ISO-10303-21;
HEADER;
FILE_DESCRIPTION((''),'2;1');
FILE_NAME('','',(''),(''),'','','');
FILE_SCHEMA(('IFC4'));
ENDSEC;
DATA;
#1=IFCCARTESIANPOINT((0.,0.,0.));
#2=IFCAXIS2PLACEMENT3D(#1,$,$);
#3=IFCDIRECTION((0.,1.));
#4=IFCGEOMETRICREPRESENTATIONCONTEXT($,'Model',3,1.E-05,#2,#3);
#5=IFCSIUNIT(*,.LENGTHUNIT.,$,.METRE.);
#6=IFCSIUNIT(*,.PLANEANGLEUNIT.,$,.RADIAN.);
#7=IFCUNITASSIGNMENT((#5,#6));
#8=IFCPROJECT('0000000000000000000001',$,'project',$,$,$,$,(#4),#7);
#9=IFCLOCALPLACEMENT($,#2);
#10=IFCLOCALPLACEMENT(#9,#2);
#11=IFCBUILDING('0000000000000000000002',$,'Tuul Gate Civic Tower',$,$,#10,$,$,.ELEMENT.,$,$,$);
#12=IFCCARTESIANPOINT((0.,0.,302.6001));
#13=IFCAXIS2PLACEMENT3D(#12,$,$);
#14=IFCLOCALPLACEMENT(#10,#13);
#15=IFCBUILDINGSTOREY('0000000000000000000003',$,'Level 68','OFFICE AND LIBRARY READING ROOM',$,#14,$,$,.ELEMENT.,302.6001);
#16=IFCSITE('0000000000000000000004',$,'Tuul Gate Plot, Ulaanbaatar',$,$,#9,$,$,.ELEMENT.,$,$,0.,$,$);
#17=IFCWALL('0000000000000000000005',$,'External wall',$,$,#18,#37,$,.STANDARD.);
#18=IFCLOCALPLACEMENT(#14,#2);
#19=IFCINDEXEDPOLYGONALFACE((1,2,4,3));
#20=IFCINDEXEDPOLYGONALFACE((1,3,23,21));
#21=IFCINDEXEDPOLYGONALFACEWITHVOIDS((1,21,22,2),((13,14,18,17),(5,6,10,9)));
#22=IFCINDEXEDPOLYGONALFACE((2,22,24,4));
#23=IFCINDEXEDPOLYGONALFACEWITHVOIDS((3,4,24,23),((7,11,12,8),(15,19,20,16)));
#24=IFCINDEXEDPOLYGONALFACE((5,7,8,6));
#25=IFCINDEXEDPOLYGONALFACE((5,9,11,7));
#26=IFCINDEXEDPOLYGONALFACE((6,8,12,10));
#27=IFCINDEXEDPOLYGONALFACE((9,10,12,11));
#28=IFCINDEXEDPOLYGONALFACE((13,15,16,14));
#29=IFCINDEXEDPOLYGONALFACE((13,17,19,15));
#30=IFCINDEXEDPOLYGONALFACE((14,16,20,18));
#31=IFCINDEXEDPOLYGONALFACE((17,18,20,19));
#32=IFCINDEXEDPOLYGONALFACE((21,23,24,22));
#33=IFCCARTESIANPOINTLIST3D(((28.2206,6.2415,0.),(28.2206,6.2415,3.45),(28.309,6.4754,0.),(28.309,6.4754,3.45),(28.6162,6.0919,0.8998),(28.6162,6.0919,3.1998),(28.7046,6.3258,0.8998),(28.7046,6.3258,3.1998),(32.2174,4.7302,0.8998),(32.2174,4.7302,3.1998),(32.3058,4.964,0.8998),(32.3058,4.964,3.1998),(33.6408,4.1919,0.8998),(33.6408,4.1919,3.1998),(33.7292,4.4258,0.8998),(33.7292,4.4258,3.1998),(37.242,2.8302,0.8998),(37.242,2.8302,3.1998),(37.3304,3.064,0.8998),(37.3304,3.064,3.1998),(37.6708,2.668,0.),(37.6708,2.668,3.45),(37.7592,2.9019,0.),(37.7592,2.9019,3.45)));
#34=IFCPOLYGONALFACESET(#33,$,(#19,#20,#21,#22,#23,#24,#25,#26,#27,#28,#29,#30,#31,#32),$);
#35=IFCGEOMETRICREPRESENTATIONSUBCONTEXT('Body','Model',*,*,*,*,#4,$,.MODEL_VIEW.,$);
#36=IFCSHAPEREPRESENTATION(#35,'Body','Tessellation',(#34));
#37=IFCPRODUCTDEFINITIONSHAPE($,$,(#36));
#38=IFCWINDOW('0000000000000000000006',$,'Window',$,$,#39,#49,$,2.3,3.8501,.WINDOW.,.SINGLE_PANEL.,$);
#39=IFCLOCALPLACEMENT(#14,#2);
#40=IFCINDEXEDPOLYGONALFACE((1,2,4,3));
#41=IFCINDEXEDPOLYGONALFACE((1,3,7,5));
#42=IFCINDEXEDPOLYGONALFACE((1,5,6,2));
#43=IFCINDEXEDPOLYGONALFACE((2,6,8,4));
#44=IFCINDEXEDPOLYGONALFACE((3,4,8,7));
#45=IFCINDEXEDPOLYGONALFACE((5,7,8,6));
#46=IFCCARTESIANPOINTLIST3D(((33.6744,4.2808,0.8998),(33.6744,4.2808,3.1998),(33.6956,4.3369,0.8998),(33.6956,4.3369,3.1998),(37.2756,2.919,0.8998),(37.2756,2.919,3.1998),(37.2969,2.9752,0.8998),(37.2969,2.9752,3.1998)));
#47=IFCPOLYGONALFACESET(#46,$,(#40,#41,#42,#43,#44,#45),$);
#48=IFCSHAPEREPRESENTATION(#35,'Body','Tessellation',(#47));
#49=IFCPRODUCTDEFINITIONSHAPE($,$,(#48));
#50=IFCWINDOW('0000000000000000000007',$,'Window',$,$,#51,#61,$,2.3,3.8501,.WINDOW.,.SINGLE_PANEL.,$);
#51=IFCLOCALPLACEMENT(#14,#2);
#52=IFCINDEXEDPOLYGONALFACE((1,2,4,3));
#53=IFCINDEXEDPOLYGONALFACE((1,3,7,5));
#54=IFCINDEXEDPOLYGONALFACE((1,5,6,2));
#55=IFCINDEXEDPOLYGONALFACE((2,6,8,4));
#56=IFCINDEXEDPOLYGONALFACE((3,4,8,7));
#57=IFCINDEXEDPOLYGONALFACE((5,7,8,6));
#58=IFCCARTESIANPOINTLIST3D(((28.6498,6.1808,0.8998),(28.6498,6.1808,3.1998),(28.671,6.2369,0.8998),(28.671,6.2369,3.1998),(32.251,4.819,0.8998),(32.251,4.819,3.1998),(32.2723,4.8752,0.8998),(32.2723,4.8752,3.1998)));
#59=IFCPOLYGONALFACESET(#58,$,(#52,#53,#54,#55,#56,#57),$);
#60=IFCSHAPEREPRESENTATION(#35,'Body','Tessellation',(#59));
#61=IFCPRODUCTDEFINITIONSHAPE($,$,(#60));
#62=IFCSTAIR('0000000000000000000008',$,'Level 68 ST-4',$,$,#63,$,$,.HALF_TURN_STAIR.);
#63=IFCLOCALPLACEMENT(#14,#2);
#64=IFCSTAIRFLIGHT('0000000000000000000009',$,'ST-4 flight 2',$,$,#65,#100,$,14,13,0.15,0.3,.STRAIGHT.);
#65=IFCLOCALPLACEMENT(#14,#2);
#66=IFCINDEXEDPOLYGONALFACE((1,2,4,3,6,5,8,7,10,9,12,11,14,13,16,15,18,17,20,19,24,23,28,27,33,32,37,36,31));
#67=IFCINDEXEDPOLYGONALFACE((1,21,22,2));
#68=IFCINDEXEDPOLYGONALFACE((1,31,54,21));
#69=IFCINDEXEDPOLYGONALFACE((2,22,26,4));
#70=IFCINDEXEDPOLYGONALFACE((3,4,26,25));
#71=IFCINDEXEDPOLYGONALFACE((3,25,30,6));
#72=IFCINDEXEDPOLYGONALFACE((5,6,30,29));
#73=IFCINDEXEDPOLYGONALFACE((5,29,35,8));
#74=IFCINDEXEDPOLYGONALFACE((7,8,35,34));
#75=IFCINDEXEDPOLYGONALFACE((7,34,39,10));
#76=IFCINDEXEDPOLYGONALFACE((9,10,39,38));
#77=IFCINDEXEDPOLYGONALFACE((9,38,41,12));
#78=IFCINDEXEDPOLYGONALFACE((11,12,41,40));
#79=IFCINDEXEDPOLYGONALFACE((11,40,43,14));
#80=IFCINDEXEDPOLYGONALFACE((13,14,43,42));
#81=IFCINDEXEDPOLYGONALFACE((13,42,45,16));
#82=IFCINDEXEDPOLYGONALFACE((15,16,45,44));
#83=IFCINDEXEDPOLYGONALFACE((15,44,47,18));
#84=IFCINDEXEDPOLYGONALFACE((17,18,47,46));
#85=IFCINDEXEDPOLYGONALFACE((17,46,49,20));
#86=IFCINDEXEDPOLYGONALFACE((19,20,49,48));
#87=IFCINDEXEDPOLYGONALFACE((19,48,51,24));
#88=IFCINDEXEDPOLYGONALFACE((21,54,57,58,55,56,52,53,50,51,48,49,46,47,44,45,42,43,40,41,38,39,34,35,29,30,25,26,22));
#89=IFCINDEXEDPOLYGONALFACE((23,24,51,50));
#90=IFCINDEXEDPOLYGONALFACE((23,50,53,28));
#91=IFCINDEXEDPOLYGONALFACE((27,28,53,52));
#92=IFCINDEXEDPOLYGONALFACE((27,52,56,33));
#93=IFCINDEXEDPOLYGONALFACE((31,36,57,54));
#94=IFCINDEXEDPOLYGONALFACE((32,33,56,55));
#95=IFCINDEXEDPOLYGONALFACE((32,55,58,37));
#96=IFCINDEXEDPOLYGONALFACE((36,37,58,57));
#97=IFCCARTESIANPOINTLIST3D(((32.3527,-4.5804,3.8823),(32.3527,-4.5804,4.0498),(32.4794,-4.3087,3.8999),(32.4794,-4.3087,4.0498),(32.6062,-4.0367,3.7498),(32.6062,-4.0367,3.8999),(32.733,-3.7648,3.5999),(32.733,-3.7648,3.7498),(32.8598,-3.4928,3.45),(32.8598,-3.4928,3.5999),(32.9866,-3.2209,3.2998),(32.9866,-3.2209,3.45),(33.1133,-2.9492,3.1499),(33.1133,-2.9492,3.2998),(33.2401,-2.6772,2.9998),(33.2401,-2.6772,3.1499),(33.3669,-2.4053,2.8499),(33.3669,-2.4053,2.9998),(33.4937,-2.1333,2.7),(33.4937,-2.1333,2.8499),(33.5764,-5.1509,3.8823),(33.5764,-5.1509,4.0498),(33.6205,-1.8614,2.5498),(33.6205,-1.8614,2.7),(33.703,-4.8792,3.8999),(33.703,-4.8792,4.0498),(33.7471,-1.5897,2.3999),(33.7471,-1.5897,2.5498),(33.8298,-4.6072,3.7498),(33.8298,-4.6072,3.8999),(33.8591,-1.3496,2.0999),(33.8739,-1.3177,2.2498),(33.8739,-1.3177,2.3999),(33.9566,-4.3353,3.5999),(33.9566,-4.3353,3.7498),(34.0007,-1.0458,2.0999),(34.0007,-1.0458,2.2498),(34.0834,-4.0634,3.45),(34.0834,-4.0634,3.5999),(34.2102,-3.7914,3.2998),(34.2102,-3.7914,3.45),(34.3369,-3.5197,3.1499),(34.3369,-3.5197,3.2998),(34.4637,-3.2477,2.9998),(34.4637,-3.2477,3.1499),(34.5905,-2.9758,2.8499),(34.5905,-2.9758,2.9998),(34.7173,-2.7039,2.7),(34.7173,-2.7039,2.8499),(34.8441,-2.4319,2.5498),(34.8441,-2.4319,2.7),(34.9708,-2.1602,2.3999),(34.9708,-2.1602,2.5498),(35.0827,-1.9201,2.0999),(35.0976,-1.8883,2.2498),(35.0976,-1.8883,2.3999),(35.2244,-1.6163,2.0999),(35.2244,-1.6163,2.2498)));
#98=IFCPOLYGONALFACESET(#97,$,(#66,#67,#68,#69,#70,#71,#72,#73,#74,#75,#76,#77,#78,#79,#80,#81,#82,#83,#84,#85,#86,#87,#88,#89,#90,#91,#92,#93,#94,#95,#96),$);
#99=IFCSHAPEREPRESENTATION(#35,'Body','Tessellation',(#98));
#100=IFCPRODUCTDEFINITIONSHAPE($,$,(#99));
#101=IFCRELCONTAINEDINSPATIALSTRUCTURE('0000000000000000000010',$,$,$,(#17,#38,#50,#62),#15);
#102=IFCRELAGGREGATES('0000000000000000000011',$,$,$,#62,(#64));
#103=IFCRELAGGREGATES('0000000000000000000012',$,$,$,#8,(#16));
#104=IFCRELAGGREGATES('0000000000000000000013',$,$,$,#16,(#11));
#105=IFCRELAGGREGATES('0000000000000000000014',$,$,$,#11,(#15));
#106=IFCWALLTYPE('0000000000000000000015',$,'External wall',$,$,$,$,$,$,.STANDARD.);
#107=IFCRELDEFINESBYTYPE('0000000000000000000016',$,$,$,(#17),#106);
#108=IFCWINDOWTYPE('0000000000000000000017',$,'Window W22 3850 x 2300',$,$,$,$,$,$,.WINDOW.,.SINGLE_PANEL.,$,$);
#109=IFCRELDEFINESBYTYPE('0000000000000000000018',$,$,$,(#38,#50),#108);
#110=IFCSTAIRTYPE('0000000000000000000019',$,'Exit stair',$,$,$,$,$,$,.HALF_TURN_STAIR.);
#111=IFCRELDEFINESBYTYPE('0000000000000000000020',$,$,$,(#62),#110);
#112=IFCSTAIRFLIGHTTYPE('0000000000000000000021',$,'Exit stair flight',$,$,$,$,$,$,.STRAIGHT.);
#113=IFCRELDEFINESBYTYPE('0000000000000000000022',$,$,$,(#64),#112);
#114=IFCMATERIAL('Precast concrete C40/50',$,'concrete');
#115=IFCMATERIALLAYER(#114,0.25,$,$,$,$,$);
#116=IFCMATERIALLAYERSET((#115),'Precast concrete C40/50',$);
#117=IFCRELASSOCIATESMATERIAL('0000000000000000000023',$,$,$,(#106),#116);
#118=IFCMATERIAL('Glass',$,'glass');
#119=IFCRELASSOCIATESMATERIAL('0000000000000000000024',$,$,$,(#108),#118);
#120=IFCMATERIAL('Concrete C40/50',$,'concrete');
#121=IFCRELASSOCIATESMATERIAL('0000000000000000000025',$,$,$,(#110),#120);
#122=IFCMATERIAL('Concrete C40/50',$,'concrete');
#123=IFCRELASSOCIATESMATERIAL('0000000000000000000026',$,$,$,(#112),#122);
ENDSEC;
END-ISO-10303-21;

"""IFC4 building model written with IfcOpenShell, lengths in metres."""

from ifc_helpers import new_model, si_unit, direction, frame, frame_2d, origin, place, context, subcontext, project, spatial, polyline, rectangle, outline, extrude, material, layer, layer_set, type_object, element, fill, aggregate, save


model = new_model("IFC4")

# Units and contexts
model_context = context("Model", 3, precision=1e-05, world=origin(), true_north=direction((0.0, 1.0)))
body_context = subcontext(model_context, "Body", "Model", "MODEL_VIEW")
ifc_project = project(units=[si_unit("LENGTHUNIT", "METRE"), si_unit("PLANEANGLEUNIT", "RADIAN")], contexts=[model_context])

# Site, building, storey
site_placement = place(None, origin())
site = spatial("IfcSite", under=ifc_project, at=site_placement, Name="Tuul Gate Plot, Ulaanbaatar", CompositionType="ELEMENT", RefElevation=0.0)
building_placement = place(site_placement, origin())
building = spatial("IfcBuilding", under=site, at=building_placement, Name="Tuul Gate Civic Tower", CompositionType="ELEMENT")
storey_placement = place(building_placement, frame((0.0, 0.0, 302.6001)))
storey = spatial("IfcBuildingStorey", under=building, at=storey_placement, Name="Level 68", Description="OFFICE AND LIBRARY READING ROOM", CompositionType="ELEMENT", Elevation=302.6001)

# Wall, openings, windows
ifc_material_1 = material(Name="Precast concrete C40/50", Category="concrete")
ifc_layer_1 = layer(ifc_material_1, 0.25)
ifc_layer_set_1 = layer_set([ifc_layer_1], Name="Precast concrete C40/50")
wall_type_1 = type_object("IfcWallType", Name="External wall", PredefinedType="STANDARD", material=ifc_layer_set_1)
wall_1_placement = place(storey_placement, frame((37.7151, 2.7849, 0.0), z_axis=(0.0, 0.0, 1.0), x_axis=(-0.93536, 0.353696, 0.0)))
wall_1 = element("IfcWall", 1, at=wall_1_placement, inside=storey, type_object=wall_type_1, Name="External wall", PredefinedType="STANDARD", context=body_context, shape_type="SweptSolid", body=[
    extrude(rectangle(XDim=10.1033, YDim=0.25, at=frame_2d((5.0518, 0.0))), origin(), (0.0, 0.0, 1.0), 3.45),
])
opening_1_placement = place(wall_1_placement, frame((0.4585, 0.0, 0.8999)))
opening_1 = element("IfcOpeningElement", 2, at=opening_1_placement, cuts=wall_1, PredefinedType="OPENING", context=body_context, shape_type="SweptSolid", body=[
    extrude(rectangle(XDim=3.8501, YDim=2.3, at=frame_2d((1.925, 1.1499))), frame((0.0, 0.135, 0.0), z_axis=(0.0, -1.0, 0.0), x_axis=(1.0, 0.0, 0.0)), (0.0, 0.0, 1.0), 0.27),
])
opening_2_placement = place(wall_1_placement, frame((5.8303, 0.0, 0.8999)))
opening_2 = element("IfcOpeningElement", 3, at=opening_2_placement, cuts=wall_1, PredefinedType="OPENING", context=body_context, shape_type="SweptSolid", body=[
    extrude(rectangle(XDim=3.8501, YDim=2.3, at=frame_2d((1.925, 1.1499))), frame((0.0, 0.135, 0.0), z_axis=(0.0, -1.0, 0.0), x_axis=(1.0, 0.0, 0.0)), (0.0, 0.0, 1.0), 0.27),
])
ifc_material_2 = material(Name="Glass", Category="glass")
window_type = type_object("IfcWindowType", Name="Window W22 3850 x 2300", PartitioningType="SINGLE_PANEL", PredefinedType="WINDOW", material=ifc_material_2)
window_1_placement = place(opening_1_placement, origin())
window_1 = element("IfcWindow", 4, at=window_1_placement, inside=storey, type_object=window_type, Name="Window", OverallHeight=2.3, OverallWidth=3.8501, PartitioningType="SINGLE_PANEL", PredefinedType="WINDOW", context=body_context, shape_type="SweptSolid", body=[
    extrude(rectangle(XDim=3.8501, YDim=2.3, at=frame_2d((1.925, 1.1499))), frame((0.0, 0.03, 0.0), z_axis=(0.0, -1.0, 0.0), x_axis=(1.0, 0.0, 0.0)), (0.0, 0.0, 1.0), 0.0601),
])
fill(opening_1, window_1)
window_2_placement = place(opening_2_placement, origin())
window_2 = element("IfcWindow", 5, at=window_2_placement, inside=storey, type_object=window_type, Name="Window", OverallHeight=2.3, OverallWidth=3.8501, PartitioningType="SINGLE_PANEL", PredefinedType="WINDOW", context=body_context, shape_type="SweptSolid", body=[
    extrude(rectangle(XDim=3.8501, YDim=2.3, at=frame_2d((1.925, 1.1499))), frame((0.0, 0.03, 0.0), z_axis=(0.0, -1.0, 0.0), x_axis=(1.0, 0.0, 0.0)), (0.0, 0.0, 1.0), 0.0601),
])
fill(opening_2, window_2)

# Stair, stair flight
ifc_material_3 = material(Name="Concrete C40/50", Category="concrete")
stair_type = type_object("IfcStairType", Name="Exit stair", PredefinedType="HALF_TURN_STAIR", material=ifc_material_3)
stair_placement = place(storey_placement, origin())
stair = element("IfcStair", 6, at=stair_placement, inside=storey, type_object=stair_type, Name="Level 68 ST-4", PredefinedType="HALF_TURN_STAIR")
ifc_material_4 = material(Name="Concrete C40/50", Category="concrete")
stair_flight_type = type_object("IfcStairFlightType", Name="Exit stair flight", PredefinedType="STRAIGHT", material=ifc_material_4)
stair_flight_placement = place(storey_placement, frame((34.6125, -1.3311, 2.0999), z_axis=(0.0, 0.0, 1.0), x_axis=(-0.422576, -0.906327, 0.0)))
stair_flight = element("IfcStairFlight", 7, at=stair_flight_placement, type_object=stair_flight_type, Name="ST-4 flight 2", NumberOfRisers=14, NumberOfTreads=13, PredefinedType="STRAIGHT", RiserHeight=0.15, TreadLength=0.3, context=body_context, shape_type="SweptSolid", body=[
    extrude(outline(polyline([(0.0, 0.0), (0.0, 0.1499), (0.3, 0.1499), (0.3, 0.3), (0.6001, 0.3), (0.6001, 0.45), (0.8999, 0.45), (0.8999, 0.6001), (1.2, 0.6001), (1.2, 0.75), (1.5, 0.75), (1.5, 0.8999), (1.8, 0.8999), (1.8, 1.05), (2.1001, 1.05), (2.1001, 1.2), (2.3999, 1.2), (2.3999, 1.3501), (2.7, 1.3501), (2.7, 1.5), (3.0, 1.5), (3.0, 1.6499), (3.3, 1.6499), (3.3, 1.8), (3.6001, 1.8), (3.6001, 1.95), (3.8999, 1.95), (3.8999, 2.1001), (3.8999, 1.7825), (0.3352, 0.0), (0.0, 0.0)])), frame((0.0, 0.675, 0.0), z_axis=(0.0, -1.0, 0.0), x_axis=(1.0, 0.0, 0.0)), (0.0, 0.0, 1.0), 1.3501),
])
aggregate(stair, [stair_flight])

save(model, "model.ifc")
